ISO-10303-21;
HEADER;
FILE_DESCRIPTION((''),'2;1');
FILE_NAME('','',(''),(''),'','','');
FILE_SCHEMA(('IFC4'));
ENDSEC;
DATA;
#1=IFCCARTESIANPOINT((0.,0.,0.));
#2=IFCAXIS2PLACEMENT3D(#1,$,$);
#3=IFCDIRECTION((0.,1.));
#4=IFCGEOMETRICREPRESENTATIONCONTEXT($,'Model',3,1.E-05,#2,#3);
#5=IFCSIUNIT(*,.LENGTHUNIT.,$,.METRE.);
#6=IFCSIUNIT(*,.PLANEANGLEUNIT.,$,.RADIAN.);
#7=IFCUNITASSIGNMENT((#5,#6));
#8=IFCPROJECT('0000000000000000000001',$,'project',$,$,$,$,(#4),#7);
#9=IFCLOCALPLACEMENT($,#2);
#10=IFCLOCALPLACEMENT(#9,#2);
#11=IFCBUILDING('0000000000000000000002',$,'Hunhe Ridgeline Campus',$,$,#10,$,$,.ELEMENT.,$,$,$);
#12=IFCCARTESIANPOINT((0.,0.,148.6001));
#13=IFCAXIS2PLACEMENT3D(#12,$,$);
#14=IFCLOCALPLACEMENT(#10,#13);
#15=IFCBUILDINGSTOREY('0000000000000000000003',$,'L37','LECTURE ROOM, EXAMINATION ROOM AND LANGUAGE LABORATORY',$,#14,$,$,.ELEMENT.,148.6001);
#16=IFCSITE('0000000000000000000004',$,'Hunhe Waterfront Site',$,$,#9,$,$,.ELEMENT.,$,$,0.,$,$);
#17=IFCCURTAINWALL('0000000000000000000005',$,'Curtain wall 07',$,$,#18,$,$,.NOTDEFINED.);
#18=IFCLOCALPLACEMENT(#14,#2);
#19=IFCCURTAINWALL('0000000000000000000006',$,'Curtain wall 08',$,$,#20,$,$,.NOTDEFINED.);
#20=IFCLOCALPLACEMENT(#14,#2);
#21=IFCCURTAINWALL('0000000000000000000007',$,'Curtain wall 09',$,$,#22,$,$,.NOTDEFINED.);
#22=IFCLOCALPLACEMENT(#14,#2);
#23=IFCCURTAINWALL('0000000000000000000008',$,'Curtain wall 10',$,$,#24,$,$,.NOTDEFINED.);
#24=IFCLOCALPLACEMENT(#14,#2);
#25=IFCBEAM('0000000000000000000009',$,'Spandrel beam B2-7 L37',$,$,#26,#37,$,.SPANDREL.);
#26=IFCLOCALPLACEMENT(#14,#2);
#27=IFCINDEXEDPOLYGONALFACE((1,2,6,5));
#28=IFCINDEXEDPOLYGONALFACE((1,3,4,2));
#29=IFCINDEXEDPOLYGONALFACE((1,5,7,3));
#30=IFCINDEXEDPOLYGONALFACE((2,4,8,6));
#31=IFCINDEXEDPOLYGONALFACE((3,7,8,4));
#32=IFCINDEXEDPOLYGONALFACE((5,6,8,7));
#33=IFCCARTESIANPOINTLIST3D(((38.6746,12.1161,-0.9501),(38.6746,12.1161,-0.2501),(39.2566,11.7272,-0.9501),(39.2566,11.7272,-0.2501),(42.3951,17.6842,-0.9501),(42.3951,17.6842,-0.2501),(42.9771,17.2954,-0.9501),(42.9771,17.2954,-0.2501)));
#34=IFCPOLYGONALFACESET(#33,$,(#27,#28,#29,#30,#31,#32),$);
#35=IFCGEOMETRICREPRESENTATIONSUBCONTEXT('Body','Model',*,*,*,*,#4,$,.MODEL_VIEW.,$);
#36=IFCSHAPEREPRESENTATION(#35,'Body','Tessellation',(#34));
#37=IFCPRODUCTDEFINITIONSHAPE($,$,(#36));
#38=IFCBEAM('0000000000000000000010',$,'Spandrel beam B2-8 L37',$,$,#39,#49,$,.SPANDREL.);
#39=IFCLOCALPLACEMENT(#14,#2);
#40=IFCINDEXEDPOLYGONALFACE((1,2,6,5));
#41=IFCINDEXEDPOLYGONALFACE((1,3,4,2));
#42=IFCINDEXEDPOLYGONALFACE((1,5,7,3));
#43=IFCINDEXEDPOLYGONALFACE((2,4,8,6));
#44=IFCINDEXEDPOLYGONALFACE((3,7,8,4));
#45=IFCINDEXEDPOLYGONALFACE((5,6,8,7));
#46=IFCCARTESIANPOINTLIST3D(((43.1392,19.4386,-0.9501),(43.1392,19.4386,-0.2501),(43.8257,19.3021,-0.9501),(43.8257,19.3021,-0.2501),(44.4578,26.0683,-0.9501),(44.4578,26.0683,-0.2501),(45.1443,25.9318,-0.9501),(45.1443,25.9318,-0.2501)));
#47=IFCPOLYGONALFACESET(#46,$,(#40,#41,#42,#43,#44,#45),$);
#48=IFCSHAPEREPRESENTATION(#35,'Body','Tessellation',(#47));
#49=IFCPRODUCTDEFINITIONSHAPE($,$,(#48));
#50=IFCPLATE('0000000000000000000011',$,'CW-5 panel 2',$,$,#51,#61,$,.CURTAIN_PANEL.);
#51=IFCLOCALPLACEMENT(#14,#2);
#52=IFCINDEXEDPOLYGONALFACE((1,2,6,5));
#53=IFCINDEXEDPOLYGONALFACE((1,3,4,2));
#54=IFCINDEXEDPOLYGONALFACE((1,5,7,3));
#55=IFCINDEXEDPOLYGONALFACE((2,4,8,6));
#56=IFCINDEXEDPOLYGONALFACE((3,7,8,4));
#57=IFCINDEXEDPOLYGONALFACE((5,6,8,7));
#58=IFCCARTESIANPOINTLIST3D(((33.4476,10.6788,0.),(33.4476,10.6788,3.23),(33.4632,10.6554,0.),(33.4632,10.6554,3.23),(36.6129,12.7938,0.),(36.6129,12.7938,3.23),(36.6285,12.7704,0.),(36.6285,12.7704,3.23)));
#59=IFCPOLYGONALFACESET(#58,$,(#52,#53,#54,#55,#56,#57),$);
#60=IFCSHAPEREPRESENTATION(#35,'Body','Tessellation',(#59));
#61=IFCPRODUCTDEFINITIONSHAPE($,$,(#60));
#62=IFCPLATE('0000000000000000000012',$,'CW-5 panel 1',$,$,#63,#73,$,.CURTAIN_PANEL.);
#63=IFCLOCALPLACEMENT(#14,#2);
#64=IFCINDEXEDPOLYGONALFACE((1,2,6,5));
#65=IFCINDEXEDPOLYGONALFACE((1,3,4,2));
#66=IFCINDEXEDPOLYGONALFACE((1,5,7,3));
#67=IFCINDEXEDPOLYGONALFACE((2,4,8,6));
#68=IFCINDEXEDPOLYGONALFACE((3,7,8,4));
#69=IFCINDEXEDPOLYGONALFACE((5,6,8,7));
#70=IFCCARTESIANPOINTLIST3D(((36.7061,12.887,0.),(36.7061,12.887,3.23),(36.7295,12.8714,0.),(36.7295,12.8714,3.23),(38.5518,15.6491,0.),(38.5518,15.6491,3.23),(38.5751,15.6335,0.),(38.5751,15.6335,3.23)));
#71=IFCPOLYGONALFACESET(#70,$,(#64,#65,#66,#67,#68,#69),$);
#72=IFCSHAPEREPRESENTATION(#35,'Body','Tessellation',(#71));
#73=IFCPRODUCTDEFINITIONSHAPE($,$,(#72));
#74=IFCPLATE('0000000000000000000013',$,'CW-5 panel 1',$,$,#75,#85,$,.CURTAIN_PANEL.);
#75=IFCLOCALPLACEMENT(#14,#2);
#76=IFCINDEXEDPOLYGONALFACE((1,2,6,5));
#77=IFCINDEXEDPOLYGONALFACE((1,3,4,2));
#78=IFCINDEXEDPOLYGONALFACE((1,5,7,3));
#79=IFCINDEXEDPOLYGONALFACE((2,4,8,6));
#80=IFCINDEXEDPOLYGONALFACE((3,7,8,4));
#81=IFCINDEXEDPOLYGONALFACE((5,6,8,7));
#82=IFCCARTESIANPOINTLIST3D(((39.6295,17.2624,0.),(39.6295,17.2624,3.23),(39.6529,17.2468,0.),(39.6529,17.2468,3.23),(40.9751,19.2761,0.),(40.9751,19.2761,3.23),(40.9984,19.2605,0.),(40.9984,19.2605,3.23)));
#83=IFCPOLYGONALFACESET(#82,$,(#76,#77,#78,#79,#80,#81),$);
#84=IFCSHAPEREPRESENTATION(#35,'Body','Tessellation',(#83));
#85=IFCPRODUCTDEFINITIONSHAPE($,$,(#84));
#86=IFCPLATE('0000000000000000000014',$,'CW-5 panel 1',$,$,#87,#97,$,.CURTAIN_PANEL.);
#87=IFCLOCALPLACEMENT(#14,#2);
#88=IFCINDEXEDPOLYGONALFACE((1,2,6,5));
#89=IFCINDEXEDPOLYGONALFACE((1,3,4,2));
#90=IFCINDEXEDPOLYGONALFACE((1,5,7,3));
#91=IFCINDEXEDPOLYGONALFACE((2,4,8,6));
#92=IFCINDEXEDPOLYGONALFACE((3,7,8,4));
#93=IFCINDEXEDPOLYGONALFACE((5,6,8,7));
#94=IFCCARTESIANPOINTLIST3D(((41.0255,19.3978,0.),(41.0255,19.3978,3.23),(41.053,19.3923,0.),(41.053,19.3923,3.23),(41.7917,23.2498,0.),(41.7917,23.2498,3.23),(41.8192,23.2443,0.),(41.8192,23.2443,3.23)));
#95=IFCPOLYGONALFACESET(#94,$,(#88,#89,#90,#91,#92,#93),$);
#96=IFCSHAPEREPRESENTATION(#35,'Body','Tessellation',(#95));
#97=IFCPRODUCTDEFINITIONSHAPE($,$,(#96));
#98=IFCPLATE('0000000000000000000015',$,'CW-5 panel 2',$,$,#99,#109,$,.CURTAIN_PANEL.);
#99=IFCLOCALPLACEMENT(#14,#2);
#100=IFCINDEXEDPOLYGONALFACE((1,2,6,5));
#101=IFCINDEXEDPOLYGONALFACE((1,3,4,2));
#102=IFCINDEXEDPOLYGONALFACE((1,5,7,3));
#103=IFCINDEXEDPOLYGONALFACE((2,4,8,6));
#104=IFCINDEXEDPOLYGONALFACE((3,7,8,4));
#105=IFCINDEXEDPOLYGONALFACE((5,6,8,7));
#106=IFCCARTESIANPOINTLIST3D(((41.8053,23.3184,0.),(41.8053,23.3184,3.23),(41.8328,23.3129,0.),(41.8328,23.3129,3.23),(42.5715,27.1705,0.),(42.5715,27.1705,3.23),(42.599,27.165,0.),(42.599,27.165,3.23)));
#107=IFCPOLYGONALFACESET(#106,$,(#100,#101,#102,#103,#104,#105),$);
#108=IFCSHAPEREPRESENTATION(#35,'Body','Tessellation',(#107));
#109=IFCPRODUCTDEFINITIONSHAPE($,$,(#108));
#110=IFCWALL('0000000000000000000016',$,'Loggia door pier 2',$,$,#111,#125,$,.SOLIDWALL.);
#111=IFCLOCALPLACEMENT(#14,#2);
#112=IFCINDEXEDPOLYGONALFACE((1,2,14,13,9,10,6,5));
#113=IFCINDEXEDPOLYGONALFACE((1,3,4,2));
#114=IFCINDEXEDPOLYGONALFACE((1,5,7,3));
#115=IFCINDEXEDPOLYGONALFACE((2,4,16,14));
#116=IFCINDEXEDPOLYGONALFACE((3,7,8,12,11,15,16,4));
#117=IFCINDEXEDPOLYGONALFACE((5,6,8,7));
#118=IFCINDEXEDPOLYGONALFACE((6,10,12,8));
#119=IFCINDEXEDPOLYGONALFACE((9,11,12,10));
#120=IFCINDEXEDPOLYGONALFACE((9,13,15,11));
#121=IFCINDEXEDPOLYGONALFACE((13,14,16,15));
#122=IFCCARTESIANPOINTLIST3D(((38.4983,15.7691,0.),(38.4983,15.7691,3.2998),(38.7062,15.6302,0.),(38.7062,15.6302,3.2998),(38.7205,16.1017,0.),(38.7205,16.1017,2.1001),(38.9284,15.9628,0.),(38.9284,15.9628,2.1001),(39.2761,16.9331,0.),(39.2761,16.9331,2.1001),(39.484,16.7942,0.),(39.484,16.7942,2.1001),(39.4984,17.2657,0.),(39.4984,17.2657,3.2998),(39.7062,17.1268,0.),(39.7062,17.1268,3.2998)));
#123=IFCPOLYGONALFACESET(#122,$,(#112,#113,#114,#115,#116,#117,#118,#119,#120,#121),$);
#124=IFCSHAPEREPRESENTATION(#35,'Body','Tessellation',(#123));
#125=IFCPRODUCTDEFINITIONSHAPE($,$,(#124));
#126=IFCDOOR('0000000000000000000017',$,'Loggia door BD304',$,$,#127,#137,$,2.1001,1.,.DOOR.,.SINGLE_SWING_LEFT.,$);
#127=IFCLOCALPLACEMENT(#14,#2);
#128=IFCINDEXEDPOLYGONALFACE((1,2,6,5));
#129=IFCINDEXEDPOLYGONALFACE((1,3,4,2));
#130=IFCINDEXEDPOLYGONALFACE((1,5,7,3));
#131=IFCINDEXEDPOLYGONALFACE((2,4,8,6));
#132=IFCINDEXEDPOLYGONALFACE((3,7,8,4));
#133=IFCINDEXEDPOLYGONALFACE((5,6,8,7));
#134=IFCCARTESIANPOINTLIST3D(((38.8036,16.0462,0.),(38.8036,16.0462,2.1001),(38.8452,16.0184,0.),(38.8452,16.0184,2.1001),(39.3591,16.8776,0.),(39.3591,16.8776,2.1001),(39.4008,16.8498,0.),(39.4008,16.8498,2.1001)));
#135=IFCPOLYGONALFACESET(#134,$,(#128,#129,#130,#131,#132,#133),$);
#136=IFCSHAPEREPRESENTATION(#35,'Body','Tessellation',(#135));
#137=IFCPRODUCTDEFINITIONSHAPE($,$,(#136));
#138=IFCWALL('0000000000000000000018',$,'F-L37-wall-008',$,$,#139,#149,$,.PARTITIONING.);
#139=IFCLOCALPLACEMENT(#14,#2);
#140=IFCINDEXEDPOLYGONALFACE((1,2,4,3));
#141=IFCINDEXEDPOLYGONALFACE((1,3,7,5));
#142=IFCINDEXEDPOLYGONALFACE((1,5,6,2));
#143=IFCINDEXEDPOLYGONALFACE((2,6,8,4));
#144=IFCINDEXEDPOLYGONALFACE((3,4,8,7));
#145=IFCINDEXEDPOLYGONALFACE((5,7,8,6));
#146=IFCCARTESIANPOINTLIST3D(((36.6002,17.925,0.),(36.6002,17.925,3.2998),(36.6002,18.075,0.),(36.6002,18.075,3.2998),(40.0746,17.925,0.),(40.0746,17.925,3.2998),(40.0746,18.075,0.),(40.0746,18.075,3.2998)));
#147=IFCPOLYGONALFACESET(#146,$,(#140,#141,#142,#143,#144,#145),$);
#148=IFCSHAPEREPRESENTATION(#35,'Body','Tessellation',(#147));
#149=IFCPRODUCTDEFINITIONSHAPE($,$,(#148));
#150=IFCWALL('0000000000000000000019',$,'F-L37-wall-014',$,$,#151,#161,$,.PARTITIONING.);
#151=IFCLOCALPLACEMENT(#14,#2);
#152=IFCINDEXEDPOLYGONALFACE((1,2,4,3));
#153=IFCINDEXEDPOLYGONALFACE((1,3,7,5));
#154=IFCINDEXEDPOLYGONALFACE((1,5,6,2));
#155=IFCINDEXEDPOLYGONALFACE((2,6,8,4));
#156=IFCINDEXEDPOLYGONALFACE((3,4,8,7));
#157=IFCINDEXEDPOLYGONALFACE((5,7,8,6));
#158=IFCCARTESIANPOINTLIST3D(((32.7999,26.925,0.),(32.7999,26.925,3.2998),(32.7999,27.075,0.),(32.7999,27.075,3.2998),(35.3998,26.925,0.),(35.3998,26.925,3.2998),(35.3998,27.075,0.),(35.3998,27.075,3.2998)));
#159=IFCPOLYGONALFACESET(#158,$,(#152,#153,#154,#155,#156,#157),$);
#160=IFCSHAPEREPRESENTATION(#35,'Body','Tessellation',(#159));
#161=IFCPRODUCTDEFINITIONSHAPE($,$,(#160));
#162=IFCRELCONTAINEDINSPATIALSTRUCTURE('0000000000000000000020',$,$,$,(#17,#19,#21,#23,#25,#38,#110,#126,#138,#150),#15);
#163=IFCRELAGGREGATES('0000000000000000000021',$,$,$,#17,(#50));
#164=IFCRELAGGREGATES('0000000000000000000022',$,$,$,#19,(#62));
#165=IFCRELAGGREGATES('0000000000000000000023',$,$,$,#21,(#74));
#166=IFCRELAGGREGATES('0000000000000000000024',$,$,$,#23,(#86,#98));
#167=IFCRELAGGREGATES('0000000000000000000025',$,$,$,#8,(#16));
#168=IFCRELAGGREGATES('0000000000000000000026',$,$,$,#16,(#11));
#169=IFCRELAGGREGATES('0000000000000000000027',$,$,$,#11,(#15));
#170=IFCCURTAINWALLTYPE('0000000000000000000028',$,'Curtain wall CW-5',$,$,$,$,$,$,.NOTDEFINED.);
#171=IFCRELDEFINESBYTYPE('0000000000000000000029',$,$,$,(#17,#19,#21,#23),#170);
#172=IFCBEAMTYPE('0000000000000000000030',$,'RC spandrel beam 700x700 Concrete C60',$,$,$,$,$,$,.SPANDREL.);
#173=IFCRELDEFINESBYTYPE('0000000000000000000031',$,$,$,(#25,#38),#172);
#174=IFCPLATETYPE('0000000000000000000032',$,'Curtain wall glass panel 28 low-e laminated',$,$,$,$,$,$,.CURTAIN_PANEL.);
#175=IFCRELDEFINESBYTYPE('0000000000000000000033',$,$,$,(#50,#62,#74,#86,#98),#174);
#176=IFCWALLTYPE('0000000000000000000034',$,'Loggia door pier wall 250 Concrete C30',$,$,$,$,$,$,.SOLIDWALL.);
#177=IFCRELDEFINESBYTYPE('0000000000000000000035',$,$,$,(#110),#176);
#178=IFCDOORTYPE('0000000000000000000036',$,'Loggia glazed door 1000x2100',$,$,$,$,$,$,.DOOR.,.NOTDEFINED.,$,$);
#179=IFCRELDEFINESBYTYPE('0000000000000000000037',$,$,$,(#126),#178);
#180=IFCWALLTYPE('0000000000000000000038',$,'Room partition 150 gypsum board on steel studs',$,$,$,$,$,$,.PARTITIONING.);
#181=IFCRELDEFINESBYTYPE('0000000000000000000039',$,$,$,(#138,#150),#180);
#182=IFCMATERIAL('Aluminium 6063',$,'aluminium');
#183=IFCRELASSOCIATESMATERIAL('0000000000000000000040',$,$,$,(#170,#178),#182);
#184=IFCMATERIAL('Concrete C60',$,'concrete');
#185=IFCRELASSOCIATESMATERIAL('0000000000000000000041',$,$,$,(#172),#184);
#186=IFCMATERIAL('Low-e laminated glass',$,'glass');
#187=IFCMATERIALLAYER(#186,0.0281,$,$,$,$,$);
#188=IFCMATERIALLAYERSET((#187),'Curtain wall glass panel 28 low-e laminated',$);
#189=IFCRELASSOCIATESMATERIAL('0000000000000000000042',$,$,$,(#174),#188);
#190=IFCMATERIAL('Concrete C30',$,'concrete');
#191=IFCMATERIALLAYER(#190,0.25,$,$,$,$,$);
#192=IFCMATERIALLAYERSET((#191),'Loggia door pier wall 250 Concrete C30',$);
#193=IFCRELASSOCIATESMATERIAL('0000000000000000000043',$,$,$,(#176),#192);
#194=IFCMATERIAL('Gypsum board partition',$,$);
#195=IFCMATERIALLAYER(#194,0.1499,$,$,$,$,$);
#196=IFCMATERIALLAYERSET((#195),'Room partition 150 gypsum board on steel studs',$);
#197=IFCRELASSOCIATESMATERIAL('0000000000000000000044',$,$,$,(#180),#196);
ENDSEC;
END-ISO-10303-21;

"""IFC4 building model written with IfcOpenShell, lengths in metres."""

from ifc_helpers import new_model, si_unit, direction, frame, frame_2d, origin, origin_2d, place, context, subcontext, project, spatial, rectangle, extrude, material, layer, layer_set, material_profile, profile_set, type_object, element, fill, aggregate, save


model = new_model("IFC4")

# Units and contexts
model_context = context("Model", 3, precision=1e-05, world=origin(), true_north=direction((0.0, 1.0)))
body_context = subcontext(model_context, "Body", "Model", "MODEL_VIEW")
ifc_project = project(units=[si_unit("LENGTHUNIT", "METRE"), si_unit("PLANEANGLEUNIT", "RADIAN")], contexts=[model_context])

# Site, building, storey
site_placement = place(None, origin())
site = spatial("IfcSite", under=ifc_project, at=site_placement, Name="Hunhe Waterfront Site", CompositionType="ELEMENT", RefElevation=0.0)
building_placement = place(site_placement, origin())
building = spatial("IfcBuilding", under=site, at=building_placement, Name="Hunhe Ridgeline Campus", CompositionType="ELEMENT")
storey_placement = place(building_placement, frame((0.0, 0.0, 148.6001)))
storey = spatial("IfcBuildingStorey", under=building, at=storey_placement, Name="L37", Description="LECTURE ROOM, EXAMINATION ROOM AND LANGUAGE LABORATORY", CompositionType="ELEMENT", Elevation=148.6001)

# Curtain walls
ifc_material_1 = material(Name="Aluminium 6063", Category="aluminium")
curtain_wall_type = type_object("IfcCurtainWallType", Name="Curtain wall CW-5", PredefinedType="NOTDEFINED", material=ifc_material_1)
curtain_wall_1_placement = place(storey_placement, origin())
curtain_wall_1 = element("IfcCurtainWall", 1, at=curtain_wall_1_placement, inside=storey, type_object=curtain_wall_type, Name="Curtain wall 07", PredefinedType="NOTDEFINED")
curtain_wall_2_placement = place(storey_placement, origin())
curtain_wall_2 = element("IfcCurtainWall", 2, at=curtain_wall_2_placement, inside=storey, type_object=curtain_wall_type, Name="Curtain wall 08", PredefinedType="NOTDEFINED")
curtain_wall_3_placement = place(storey_placement, origin())
curtain_wall_3 = element("IfcCurtainWall", 3, at=curtain_wall_3_placement, inside=storey, type_object=curtain_wall_type, Name="Curtain wall 09", PredefinedType="NOTDEFINED")
curtain_wall_4_placement = place(storey_placement, origin())
curtain_wall_4 = element("IfcCurtainWall", 4, at=curtain_wall_4_placement, inside=storey, type_object=curtain_wall_type, Name="Curtain wall 10", PredefinedType="NOTDEFINED")

# Beams
ifc_material_2 = material(Name="Concrete C60", Category="concrete")
ifc_material_profile_1 = material_profile(ifc_material_2, rectangle(XDim=0.7, YDim=0.7, at=origin_2d()))
ifc_profile_set_1 = profile_set([ifc_material_profile_1], Name="Concrete C60")
beam_type = type_object("IfcBeamType", Name="RC spandrel beam 700x700 Concrete C60", PredefinedType="SPANDREL", material=ifc_profile_set_1)
beam_1_placement = place(storey_placement, frame((38.9656, 11.9216, -0.6001), z_axis=(0.555566, 0.831472, 0.0), x_axis=(-0.831472, 0.555566, 0.0)))
element("IfcBeam", 5, at=beam_1_placement, inside=storey, type_object=beam_type, Name="Spandrel beam B2-7 L37", PredefinedType="SPANDREL", context=body_context, shape_type="SweptSolid", body=[
    extrude(rectangle(XDim=0.7, YDim=0.7, at=origin_2d()), origin(), (0.0, 0.0, 1.0), 6.6968),
])
beam_2_placement = place(storey_placement, frame((43.4824, 19.3704, -0.6001), z_axis=(0.195074, 0.980788, 0.0), x_axis=(-0.980788, 0.195074, 0.0)))
element("IfcBeam", 6, at=beam_2_placement, inside=storey, type_object=beam_type, Name="Spandrel beam B2-8 L37", PredefinedType="SPANDREL", context=body_context, shape_type="SweptSolid", body=[
    extrude(rectangle(XDim=0.7, YDim=0.7, at=origin_2d()), origin(), (0.0, 0.0, 1.0), 6.7595),
])

# Plates
ifc_material_3 = material(Name="Low-e laminated glass", Category="glass")
ifc_layer_1 = layer(ifc_material_3, 0.0281)
ifc_layer_set_1 = layer_set([ifc_layer_1], Name="Curtain wall glass panel 28 low-e laminated")
plate_type = type_object("IfcPlateType", Name="Curtain wall glass panel 28 low-e laminated", PredefinedType="CURTAIN_PANEL", material=ifc_layer_set_1)
plate_1_placement = place(storey_placement, frame((35.0381, 11.7246, 0.0), z_axis=(0.0, 0.0, 1.0), x_axis=(0.83147, 0.55557, 0.0)))
plate_1 = element("IfcPlate", 7, at=plate_1_placement, type_object=plate_type, Name="CW-5 panel 2", PredefinedType="CURTAIN_PANEL", context=body_context, shape_type="SweptSolid", body=[
    extrude(rectangle(XDim=3.8069, YDim=0.0281, at=origin_2d()), origin(), (0.0, 0.0, 1.0), 3.23),
])
aggregate(curtain_wall_1, [plate_1])
plate_2_placement = place(storey_placement, frame((37.6406, 14.2603, 0.0), z_axis=(0.0, 0.0, 1.0), x_axis=(0.55557, 0.83147, 0.0)))
plate_2 = element("IfcPlate", 8, at=plate_2_placement, type_object=plate_type, Name="CW-5 panel 1", PredefinedType="CURTAIN_PANEL", context=body_context, shape_type="SweptSolid", body=[
    extrude(rectangle(XDim=3.322, YDim=0.0281, at=origin_2d()), origin(), (0.0, 0.0, 1.0), 3.23),
])
aggregate(curtain_wall_2, [plate_2])
plate_3_placement = place(storey_placement, frame((40.314, 18.2615, 0.0), z_axis=(0.0, 0.0, 1.0), x_axis=(0.55557, 0.83147, 0.0)))
plate_3 = element("IfcPlate", 9, at=plate_3_placement, type_object=plate_type, Name="CW-5 panel 1", PredefinedType="CURTAIN_PANEL", context=body_context, shape_type="SweptSolid", body=[
    extrude(rectangle(XDim=2.4219, YDim=0.0281, at=origin_2d()), origin(), (0.0, 0.0, 1.0), 3.23),
])
aggregate(curtain_wall_3, [plate_3])
plate_4_placement = place(storey_placement, frame((41.4224, 21.321, 0.0), z_axis=(0.0, 0.0, 1.0), x_axis=(0.19509, 0.980785, 0.0)))
plate_4 = element("IfcPlate", 10, at=plate_4_placement, type_object=plate_type, Name="CW-5 panel 1", PredefinedType="CURTAIN_PANEL", context=body_context, shape_type="SweptSolid", body=[
    extrude(rectangle(XDim=3.9275, YDim=0.0281, at=origin_2d()), origin(), (0.0, 0.0, 1.0), 3.23),
])
plate_5_placement = place(storey_placement, frame((42.2021, 25.2417, 0.0), z_axis=(0.0, 0.0, 1.0), x_axis=(0.19509, 0.980785, 0.0)))
plate_5 = element("IfcPlate", 11, at=plate_5_placement, type_object=plate_type, Name="CW-5 panel 2", PredefinedType="CURTAIN_PANEL", context=body_context, shape_type="SweptSolid", body=[
    extrude(rectangle(XDim=3.9275, YDim=0.0281, at=origin_2d()), origin(), (0.0, 0.0, 1.0), 3.23),
])
aggregate(curtain_wall_4, [plate_4, plate_5])

# Wall, opening, door
ifc_material_4 = material(Name="Concrete C30", Category="concrete")
ifc_layer_2 = layer(ifc_material_4, 0.25)
ifc_layer_set_2 = layer_set([ifc_layer_2], Name="Loggia door pier wall 250 Concrete C30")
wall_type_1 = type_object("IfcWallType", Name="Loggia door pier wall 250 Concrete C30", PredefinedType="SOLIDWALL", material=ifc_layer_set_2)
wall_1_placement = place(storey_placement, frame((38.6023, 15.6997, 0.0), z_axis=(0.0, 0.0, 1.0), x_axis=(0.555576, 0.831466, 0.0)))
wall_1 = element("IfcWall", 12, at=wall_1_placement, inside=storey, type_object=wall_type_1, Name="Loggia door pier 2", PredefinedType="SOLIDWALL", context=body_context, shape_type="SweptSolid", body=[
    extrude(rectangle(XDim=1.8, YDim=0.25, at=frame_2d((0.8999, 0.0))), origin(), (0.0, 0.0, 1.0), 3.2998),
])
opening_placement = place(wall_1_placement, frame((0.3999, 0.0, 0.0)))
opening = element("IfcOpeningElement", 13, at=opening_placement, cuts=wall_1, PredefinedType="OPENING", context=body_context, shape_type="SweptSolid", body=[
    extrude(rectangle(XDim=1.0, YDim=2.1001, at=frame_2d((0.5, 1.05))), frame((0.0, 0.125, 0.0), z_axis=(0.0, -1.0, 0.0), x_axis=(1.0, 0.0, 0.0)), (0.0, 0.0, 1.0), 0.25),
])
door_type = type_object("IfcDoorType", Name="Loggia glazed door 1000x2100", OperationType="NOTDEFINED", PredefinedType="DOOR", material=ifc_material_1)
door_placement = place(opening_placement, frame((1.0, 0.0, 0.0), z_axis=(0.0, 0.0, 1.0), x_axis=(-1.0, 0.0, 0.0)))
door = element("IfcDoor", 14, at=door_placement, inside=storey, type_object=door_type, Name="Loggia door BD304", OperationType="SINGLE_SWING_LEFT", OverallHeight=2.1001, OverallWidth=1.0, PredefinedType="DOOR", context=body_context, shape_type="SweptSolid", body=[
    extrude(rectangle(XDim=1.0, YDim=2.1001, at=frame_2d((0.5, 1.05))), frame((0.0, 0.0249, 0.0), z_axis=(0.0, -1.0, 0.0), x_axis=(1.0, 0.0, 0.0)), (0.0, 0.0, 1.0), 0.05),
])
fill(opening, door)

# Walls
ifc_material_5 = material(Name="Gypsum board partition")
ifc_layer_3 = layer(ifc_material_5, 0.1499)
ifc_layer_set_3 = layer_set([ifc_layer_3], Name="Room partition 150 gypsum board on steel studs")
wall_type_2 = type_object("IfcWallType", Name="Room partition 150 gypsum board on steel studs", PredefinedType="PARTITIONING", material=ifc_layer_set_3)
wall_2_placement = place(storey_placement, frame((36.6001, 18.0, 0.0), z_axis=(0.0, 0.0, 1.0), x_axis=(1.0, 0.0, 0.0)))
element("IfcWall", 15, at=wall_2_placement, inside=storey, type_object=wall_type_2, Name="F-L37-wall-008", PredefinedType="PARTITIONING", context=body_context, shape_type="SweptSolid", body=[
    extrude(rectangle(XDim=3.4744, YDim=0.1499, at=frame_2d((1.7373, 0.0))), origin(), (0.0, 0.0, 1.0), 3.2998),
])
wall_3_placement = place(storey_placement, frame((32.8, 27.0, 0.0), z_axis=(0.0, 0.0, 1.0), x_axis=(1.0, 0.0, 0.0)))
element("IfcWall", 16, at=wall_3_placement, inside=storey, type_object=wall_type_2, Name="F-L37-wall-014", PredefinedType="PARTITIONING", context=body_context, shape_type="SweptSolid", body=[
    extrude(rectangle(XDim=2.5999, YDim=0.1499, at=frame_2d((1.2998, 0.0))), origin(), (0.0, 0.0, 1.0), 3.2998),
])

save(model, "model.ifc")
